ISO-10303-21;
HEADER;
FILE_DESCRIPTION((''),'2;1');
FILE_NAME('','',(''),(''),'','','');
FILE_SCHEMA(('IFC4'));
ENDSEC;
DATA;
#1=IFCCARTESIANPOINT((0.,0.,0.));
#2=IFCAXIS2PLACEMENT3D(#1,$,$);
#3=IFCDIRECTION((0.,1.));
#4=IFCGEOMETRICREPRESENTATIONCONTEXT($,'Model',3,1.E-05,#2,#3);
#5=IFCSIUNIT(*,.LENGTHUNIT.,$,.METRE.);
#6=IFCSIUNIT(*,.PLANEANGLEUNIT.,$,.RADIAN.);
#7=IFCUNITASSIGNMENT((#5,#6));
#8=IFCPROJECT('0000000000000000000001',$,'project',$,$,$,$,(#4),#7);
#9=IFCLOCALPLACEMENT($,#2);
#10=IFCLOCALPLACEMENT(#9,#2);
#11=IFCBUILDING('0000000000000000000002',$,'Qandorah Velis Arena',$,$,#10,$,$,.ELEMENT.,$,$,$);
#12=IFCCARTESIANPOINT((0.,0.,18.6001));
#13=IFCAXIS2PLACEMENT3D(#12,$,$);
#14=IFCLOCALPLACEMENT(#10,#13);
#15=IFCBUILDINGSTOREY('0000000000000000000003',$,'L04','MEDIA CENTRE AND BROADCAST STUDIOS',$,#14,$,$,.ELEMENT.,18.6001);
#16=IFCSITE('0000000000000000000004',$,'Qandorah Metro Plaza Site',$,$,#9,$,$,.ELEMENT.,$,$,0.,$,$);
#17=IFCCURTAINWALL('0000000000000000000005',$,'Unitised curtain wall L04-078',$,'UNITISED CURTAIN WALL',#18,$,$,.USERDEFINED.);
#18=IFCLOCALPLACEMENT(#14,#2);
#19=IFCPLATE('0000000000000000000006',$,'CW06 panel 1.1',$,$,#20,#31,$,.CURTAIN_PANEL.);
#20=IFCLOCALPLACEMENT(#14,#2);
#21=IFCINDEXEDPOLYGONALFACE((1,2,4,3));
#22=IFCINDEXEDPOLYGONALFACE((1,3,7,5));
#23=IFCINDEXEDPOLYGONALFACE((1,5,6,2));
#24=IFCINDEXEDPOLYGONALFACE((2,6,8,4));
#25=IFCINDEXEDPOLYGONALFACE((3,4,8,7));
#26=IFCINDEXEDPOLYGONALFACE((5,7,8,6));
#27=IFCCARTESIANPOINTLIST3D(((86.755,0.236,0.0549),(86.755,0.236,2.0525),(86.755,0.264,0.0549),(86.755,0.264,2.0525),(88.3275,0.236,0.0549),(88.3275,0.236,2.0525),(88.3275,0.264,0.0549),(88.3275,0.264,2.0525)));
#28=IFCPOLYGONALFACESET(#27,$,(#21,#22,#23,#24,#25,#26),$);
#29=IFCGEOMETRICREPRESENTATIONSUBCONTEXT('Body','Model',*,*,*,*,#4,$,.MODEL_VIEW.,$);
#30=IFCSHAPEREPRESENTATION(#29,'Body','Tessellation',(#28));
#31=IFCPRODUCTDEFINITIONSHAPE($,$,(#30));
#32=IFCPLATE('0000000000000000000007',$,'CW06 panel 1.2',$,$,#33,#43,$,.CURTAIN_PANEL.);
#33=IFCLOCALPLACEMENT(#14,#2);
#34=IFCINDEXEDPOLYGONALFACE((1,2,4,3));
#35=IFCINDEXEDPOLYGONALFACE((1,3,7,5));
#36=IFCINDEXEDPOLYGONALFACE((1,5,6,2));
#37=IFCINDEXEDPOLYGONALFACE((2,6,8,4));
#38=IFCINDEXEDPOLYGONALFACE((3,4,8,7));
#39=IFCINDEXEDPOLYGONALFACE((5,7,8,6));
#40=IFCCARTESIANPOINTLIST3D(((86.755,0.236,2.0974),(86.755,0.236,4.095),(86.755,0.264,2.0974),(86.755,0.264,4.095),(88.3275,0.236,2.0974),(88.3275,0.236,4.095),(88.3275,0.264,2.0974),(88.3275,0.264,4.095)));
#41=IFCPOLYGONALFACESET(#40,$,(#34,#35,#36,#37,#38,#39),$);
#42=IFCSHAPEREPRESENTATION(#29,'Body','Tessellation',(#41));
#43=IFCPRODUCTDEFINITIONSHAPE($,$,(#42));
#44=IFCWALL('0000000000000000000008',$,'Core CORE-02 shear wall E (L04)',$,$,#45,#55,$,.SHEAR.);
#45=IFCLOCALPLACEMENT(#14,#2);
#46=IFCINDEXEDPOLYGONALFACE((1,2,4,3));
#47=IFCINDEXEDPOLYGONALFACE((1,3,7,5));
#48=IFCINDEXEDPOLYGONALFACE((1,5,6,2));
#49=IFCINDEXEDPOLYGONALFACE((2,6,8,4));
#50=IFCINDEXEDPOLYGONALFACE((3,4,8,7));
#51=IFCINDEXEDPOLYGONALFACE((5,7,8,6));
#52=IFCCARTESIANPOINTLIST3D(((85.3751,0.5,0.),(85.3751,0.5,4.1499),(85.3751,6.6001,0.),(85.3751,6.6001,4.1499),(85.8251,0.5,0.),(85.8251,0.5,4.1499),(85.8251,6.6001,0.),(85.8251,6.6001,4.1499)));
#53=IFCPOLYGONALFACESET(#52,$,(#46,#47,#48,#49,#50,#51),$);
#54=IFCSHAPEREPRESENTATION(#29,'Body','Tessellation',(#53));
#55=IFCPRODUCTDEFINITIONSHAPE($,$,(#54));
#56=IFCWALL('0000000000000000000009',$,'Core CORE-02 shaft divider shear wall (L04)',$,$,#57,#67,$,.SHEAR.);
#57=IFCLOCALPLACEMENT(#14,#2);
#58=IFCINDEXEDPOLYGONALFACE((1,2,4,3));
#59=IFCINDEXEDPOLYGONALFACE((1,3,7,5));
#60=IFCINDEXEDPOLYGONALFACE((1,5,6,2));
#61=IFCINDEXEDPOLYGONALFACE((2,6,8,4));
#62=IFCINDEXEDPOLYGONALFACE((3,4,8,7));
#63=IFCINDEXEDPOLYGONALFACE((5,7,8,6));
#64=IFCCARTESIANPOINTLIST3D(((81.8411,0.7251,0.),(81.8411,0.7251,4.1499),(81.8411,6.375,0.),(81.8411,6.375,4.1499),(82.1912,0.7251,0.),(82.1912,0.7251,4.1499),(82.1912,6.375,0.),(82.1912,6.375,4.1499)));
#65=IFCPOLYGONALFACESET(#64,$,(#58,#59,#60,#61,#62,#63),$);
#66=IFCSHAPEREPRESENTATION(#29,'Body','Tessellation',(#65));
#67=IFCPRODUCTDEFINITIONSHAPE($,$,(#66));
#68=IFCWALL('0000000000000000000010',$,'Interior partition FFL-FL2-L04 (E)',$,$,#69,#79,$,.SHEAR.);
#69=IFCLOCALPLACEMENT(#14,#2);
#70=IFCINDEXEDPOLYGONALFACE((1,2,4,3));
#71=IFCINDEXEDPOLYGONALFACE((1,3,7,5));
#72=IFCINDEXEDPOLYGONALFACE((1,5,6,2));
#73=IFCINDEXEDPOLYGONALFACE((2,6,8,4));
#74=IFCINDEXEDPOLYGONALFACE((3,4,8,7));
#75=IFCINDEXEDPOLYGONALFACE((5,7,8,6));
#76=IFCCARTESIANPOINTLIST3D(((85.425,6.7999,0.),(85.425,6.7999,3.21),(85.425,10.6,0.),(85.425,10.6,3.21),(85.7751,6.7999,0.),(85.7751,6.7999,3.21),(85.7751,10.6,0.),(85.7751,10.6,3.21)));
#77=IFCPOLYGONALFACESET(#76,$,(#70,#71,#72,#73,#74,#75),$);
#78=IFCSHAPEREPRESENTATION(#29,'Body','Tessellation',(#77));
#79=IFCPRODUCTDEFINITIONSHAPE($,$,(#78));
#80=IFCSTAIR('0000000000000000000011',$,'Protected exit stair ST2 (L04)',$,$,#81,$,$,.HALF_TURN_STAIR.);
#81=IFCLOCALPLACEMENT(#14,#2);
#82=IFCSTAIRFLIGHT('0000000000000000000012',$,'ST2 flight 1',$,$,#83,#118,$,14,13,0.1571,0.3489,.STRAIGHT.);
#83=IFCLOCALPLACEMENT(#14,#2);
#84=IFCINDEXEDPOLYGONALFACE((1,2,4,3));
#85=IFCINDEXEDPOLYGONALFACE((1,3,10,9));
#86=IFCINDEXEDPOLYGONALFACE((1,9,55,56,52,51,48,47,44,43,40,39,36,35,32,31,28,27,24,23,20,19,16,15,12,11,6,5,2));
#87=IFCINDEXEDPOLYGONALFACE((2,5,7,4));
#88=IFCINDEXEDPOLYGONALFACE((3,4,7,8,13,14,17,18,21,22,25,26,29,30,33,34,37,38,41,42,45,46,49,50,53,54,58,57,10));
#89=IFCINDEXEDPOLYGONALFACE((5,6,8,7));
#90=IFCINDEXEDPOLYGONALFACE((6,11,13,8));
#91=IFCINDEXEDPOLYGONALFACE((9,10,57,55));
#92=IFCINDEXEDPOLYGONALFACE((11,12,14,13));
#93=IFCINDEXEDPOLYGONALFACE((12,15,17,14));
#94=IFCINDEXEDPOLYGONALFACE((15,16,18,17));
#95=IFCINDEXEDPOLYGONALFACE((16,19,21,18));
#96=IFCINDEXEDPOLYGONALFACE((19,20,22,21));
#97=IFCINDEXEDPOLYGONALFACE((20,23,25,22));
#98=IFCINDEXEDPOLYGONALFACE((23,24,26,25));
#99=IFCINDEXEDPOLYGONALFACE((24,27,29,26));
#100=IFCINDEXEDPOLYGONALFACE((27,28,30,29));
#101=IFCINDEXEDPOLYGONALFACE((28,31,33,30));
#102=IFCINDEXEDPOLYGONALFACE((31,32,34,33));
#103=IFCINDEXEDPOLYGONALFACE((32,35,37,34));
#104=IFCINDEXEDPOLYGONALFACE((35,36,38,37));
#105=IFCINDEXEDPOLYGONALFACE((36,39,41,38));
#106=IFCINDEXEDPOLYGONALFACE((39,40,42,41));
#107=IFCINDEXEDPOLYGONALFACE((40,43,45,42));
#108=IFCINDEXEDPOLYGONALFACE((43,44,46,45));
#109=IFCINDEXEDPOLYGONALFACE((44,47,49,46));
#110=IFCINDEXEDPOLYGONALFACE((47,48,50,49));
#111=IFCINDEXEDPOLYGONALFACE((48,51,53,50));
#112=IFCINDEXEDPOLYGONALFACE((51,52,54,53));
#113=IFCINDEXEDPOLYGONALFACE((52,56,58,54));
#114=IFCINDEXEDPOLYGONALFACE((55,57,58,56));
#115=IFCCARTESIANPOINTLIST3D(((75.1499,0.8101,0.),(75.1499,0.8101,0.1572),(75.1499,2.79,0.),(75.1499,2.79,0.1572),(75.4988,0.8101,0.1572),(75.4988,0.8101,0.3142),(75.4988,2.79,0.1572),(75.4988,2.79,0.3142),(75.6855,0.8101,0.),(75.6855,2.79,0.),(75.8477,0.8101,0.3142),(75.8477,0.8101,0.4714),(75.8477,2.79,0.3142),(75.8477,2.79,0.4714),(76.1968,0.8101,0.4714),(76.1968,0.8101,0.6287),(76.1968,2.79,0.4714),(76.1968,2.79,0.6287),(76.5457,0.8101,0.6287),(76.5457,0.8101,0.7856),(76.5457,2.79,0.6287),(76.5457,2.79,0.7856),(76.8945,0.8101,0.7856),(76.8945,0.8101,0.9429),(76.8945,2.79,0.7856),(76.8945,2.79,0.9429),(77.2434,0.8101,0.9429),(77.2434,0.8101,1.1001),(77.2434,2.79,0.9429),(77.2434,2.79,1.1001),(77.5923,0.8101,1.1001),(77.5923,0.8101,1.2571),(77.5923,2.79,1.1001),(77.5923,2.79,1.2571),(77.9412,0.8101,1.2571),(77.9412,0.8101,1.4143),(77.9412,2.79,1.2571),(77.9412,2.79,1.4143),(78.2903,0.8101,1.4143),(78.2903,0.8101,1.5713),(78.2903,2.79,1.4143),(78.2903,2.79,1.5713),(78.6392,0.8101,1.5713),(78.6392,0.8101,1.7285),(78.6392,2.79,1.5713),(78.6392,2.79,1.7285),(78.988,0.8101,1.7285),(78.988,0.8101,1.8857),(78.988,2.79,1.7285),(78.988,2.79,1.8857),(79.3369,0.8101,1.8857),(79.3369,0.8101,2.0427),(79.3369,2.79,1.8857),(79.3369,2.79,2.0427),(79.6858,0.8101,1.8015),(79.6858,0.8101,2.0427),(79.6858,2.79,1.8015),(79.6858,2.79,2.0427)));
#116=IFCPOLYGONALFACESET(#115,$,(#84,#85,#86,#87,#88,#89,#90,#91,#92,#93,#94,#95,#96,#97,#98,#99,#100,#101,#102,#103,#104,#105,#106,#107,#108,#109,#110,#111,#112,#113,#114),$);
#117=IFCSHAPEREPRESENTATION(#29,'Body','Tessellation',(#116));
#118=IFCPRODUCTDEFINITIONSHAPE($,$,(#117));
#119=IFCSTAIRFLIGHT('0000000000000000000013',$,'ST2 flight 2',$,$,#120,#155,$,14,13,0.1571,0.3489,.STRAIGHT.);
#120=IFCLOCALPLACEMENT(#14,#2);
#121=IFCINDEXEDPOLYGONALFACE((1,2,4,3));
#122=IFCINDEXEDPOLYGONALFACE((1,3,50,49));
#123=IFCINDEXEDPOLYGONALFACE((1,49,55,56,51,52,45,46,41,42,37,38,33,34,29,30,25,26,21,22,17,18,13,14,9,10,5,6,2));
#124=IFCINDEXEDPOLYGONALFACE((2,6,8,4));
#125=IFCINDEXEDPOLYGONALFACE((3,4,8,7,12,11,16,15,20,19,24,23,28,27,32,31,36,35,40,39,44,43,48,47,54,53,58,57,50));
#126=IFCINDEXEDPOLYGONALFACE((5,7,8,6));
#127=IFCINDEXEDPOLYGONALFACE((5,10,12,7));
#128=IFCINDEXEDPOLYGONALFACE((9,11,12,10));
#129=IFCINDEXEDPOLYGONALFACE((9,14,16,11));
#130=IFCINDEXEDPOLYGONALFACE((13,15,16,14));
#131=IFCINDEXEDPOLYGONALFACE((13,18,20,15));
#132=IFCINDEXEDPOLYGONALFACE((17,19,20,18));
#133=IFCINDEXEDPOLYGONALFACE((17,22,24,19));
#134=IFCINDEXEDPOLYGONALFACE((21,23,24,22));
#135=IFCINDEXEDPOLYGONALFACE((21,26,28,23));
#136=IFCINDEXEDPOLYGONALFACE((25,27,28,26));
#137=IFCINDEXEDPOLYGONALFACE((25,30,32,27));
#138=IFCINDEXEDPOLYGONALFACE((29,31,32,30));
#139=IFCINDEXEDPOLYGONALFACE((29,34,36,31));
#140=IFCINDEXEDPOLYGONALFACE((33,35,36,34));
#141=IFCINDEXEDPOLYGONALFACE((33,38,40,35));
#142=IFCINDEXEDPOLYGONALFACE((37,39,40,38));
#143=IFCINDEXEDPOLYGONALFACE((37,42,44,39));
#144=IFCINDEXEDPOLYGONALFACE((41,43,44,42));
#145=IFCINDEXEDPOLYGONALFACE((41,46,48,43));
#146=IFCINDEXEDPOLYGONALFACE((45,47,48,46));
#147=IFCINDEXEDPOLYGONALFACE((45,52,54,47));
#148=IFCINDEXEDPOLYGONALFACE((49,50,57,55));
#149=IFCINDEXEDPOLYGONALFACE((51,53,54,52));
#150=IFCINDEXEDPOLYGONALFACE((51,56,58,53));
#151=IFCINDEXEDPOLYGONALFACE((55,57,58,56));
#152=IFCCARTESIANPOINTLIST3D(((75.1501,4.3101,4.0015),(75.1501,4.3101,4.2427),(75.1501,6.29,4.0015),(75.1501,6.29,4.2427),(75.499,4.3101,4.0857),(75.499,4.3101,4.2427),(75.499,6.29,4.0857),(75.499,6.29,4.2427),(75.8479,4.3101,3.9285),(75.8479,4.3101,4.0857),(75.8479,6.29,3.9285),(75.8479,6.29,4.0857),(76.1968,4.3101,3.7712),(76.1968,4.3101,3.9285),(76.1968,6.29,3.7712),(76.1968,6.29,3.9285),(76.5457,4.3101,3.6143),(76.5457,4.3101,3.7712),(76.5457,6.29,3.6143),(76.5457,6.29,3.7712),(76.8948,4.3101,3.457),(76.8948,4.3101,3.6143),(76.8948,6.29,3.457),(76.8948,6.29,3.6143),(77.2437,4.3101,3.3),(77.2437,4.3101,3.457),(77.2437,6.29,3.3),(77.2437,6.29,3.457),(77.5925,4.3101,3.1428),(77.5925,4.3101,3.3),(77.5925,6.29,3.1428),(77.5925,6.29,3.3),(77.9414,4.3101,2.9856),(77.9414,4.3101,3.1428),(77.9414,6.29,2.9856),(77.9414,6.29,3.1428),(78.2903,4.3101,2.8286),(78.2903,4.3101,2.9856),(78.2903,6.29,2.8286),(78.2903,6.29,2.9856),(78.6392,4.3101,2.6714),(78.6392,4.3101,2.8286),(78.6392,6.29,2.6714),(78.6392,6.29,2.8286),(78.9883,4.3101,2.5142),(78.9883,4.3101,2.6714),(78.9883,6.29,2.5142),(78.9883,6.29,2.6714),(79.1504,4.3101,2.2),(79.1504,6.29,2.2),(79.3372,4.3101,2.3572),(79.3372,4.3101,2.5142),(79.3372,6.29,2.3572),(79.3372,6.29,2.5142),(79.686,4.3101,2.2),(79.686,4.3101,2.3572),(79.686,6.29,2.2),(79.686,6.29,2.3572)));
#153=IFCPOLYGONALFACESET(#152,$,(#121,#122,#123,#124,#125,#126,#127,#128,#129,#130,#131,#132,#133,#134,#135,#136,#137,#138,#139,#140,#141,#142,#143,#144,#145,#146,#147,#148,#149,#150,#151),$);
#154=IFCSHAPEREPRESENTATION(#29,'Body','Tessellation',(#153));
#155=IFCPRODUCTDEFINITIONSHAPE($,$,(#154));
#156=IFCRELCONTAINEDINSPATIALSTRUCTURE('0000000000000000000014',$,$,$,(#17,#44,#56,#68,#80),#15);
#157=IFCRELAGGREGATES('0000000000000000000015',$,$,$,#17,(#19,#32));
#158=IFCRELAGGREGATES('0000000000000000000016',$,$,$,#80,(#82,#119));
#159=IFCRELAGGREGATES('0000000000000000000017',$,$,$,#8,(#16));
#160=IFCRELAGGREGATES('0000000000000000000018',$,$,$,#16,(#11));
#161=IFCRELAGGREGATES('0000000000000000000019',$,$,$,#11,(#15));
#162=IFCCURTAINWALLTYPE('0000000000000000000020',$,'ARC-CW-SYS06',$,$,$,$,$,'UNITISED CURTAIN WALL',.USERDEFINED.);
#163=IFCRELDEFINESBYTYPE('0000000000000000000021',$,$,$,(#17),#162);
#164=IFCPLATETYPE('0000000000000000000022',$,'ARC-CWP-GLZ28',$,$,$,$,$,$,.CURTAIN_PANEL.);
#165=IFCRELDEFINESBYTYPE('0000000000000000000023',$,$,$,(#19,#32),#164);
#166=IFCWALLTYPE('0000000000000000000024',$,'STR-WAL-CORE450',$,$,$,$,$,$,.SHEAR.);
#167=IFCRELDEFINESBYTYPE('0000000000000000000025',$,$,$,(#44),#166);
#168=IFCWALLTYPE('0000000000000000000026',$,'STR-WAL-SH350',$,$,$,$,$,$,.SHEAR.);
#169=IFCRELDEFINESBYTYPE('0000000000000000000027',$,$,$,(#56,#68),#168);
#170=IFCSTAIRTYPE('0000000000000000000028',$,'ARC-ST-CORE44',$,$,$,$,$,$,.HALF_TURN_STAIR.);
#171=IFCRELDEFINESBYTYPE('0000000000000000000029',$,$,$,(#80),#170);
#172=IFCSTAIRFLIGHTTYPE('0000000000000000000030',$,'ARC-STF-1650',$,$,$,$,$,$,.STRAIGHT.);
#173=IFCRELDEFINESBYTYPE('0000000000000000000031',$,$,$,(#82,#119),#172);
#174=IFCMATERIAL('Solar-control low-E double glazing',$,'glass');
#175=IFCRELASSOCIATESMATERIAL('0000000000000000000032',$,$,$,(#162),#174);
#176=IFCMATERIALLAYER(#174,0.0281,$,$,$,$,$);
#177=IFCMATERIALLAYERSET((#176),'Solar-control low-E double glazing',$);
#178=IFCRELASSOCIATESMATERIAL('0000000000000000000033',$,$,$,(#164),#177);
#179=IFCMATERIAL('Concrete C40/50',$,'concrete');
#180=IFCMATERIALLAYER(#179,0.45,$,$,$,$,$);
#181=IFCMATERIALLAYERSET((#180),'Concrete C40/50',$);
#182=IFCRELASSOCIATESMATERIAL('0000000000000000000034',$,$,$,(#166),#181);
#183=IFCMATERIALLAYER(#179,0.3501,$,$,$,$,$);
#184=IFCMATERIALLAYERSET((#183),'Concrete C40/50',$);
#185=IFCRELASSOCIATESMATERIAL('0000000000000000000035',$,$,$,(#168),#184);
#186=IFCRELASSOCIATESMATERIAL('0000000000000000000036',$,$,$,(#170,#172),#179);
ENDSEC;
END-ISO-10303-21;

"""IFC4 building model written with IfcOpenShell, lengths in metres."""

from ifc_helpers import new_model, si_unit, direction, frame, frame_2d, origin, origin_2d, place, context, subcontext, project, spatial, polyline, rectangle, outline, extrude, material, layer, layer_set, type_object, element, aggregate, save


model = new_model("IFC4")

# Units and contexts
model_context = context("Model", 3, precision=1e-05, world=origin(), true_north=direction((0.0, 1.0)))
body_context = subcontext(model_context, "Body", "Model", "MODEL_VIEW")
ifc_project = project(units=[si_unit("LENGTHUNIT", "METRE"), si_unit("PLANEANGLEUNIT", "RADIAN")], contexts=[model_context])

# Site, building, storey
site_placement = place(None, origin())
site = spatial("IfcSite", under=ifc_project, at=site_placement, Name="Qandorah Metro Plaza Site", CompositionType="ELEMENT", RefElevation=0.0)
building_placement = place(site_placement, origin())
building = spatial("IfcBuilding", under=site, at=building_placement, Name="Qandorah Velis Arena", CompositionType="ELEMENT")
storey_placement = place(building_placement, frame((0.0, 0.0, 18.6001)))
storey = spatial("IfcBuildingStorey", under=building, at=storey_placement, Name="L04", Description="MEDIA CENTRE AND BROADCAST STUDIOS", CompositionType="ELEMENT", Elevation=18.6001)

# Shared definitions
ifc_material_1 = material(Name="Concrete C40/50", Category="concrete")

# Curtain wall
ifc_material_2 = material(Name="Solar-control low-E double glazing", Category="glass")
curtain_wall_type = type_object("IfcCurtainWallType", Name="ARC-CW-SYS06", ElementType="UNITISED CURTAIN WALL", PredefinedType="USERDEFINED", material=ifc_material_2)
curtain_wall_placement = place(storey_placement, origin())
curtain_wall = element("IfcCurtainWall", 1, at=curtain_wall_placement, inside=storey, type_object=curtain_wall_type, Name="Unitised curtain wall L04-078", ObjectType="UNITISED CURTAIN WALL", PredefinedType="USERDEFINED")

# Plates
ifc_layer_1 = layer(ifc_material_2, 0.0281)
ifc_layer_set_1 = layer_set([ifc_layer_1], Name="Solar-control low-E double glazing")
plate_type = type_object("IfcPlateType", Name="ARC-CWP-GLZ28", PredefinedType="CURTAIN_PANEL", material=ifc_layer_set_1)
plate_1_placement = place(storey_placement, frame((87.5413, 0.25, 0.0549), z_axis=(0.0, 0.0, 1.0), x_axis=(1.0, 0.0, 0.0)))
plate_1 = element("IfcPlate", 2, at=plate_1_placement, type_object=plate_type, Name="CW06 panel 1.1", PredefinedType="CURTAIN_PANEL", context=body_context, shape_type="SweptSolid", body=[
    extrude(rectangle(XDim=1.5725, YDim=0.0281, at=origin_2d()), origin(), (0.0, 0.0, 1.0), 1.9976),
])
plate_2_placement = place(storey_placement, frame((87.5413, 0.25, 2.0974), z_axis=(0.0, 0.0, 1.0), x_axis=(1.0, 0.0, 0.0)))
plate_2 = element("IfcPlate", 3, at=plate_2_placement, type_object=plate_type, Name="CW06 panel 1.2", PredefinedType="CURTAIN_PANEL", context=body_context, shape_type="SweptSolid", body=[
    extrude(rectangle(XDim=1.5725, YDim=0.0281, at=origin_2d()), origin(), (0.0, 0.0, 1.0), 1.9976),
])
aggregate(curtain_wall, [plate_1, plate_2])

# Walls
ifc_layer_2 = layer(ifc_material_1, 0.45)
ifc_layer_set_2 = layer_set([ifc_layer_2], Name="Concrete C40/50")
wall_type_1 = type_object("IfcWallType", Name="STR-WAL-CORE450", PredefinedType="SHEAR", material=ifc_layer_set_2)
wall_1_placement = place(storey_placement, frame((85.6001, 0.5, 0.0), z_axis=(0.0, 0.0, 1.0), x_axis=(0.0, 1.0, 0.0)))
element("IfcWall", 4, at=wall_1_placement, inside=storey, type_object=wall_type_1, Name="Core CORE-02 shear wall E (L04)", PredefinedType="SHEAR", context=body_context, shape_type="SweptSolid", body=[
    extrude(rectangle(XDim=6.1001, YDim=0.45, at=frame_2d((3.05, 0.0))), origin(), (0.0, 0.0, 1.0), 4.1499),
])
ifc_layer_3 = layer(ifc_material_1, 0.3501)
ifc_layer_set_3 = layer_set([ifc_layer_3], Name="Concrete C40/50")
wall_type_2 = type_object("IfcWallType", Name="STR-WAL-SH350", PredefinedType="SHEAR", material=ifc_layer_set_3)
wall_2_placement = place(storey_placement, frame((82.0161, 0.7251, 0.0), z_axis=(0.0, 0.0, 1.0), x_axis=(0.0, 1.0, 0.0)))
element("IfcWall", 5, at=wall_2_placement, inside=storey, type_object=wall_type_2, Name="Core CORE-02 shaft divider shear wall (L04)", PredefinedType="SHEAR", context=body_context, shape_type="SweptSolid", body=[
    extrude(rectangle(XDim=5.6499, YDim=0.3501, at=frame_2d((2.825, 0.0))), origin(), (0.0, 0.0, 1.0), 4.1499),
])
wall_3_placement = place(storey_placement, frame((85.6001, 6.8, 0.0), z_axis=(0.0, 0.0, 1.0), x_axis=(0.0, 1.0, 0.0)))
element("IfcWall", 6, at=wall_3_placement, inside=storey, type_object=wall_type_2, Name="Interior partition FFL-FL2-L04 (E)", PredefinedType="SHEAR", context=body_context, shape_type="SweptSolid", body=[
    extrude(rectangle(XDim=3.8, YDim=0.3501, at=frame_2d((1.8999, 0.0))), origin(), (0.0, 0.0, 1.0), 3.21),
])

# Stair, stair flights
stair_type = type_object("IfcStairType", Name="ARC-ST-CORE44", PredefinedType="HALF_TURN_STAIR", material=ifc_material_1)
stair_placement = place(storey_placement, origin())
stair = element("IfcStair", 7, at=stair_placement, inside=storey, type_object=stair_type, Name="Protected exit stair ST2 (L04)", PredefinedType="HALF_TURN_STAIR")
stair_flight_type = type_object("IfcStairFlightType", Name="ARC-STF-1650", PredefinedType="STRAIGHT", material=ifc_material_1)
stair_flight_1_placement = place(storey_placement, frame((75.1499, 1.8, 0.0), z_axis=(0.0, 0.0, 1.0), x_axis=(1.0, 0.0, 0.0)))
stair_flight_1 = element("IfcStairFlight", 8, at=stair_flight_1_placement, type_object=stair_flight_type, Name="ST2 flight 1", NumberOfRisers=14, NumberOfTreads=13, PredefinedType="STRAIGHT", RiserHeight=0.1571, TreadLength=0.3489, context=body_context, shape_type="SweptSolid", body=[
    extrude(outline(polyline([(0.0, 0.0), (0.0, 0.1572), (0.3489, 0.1572), (0.3489, 0.3142), (0.6978, 0.3142), (0.6978, 0.4714), (1.0469, 0.4714), (1.0469, 0.6287), (1.3958, 0.6287), (1.3958, 0.7856), (1.7446, 0.7856), (1.7446, 0.9429), (2.0935, 0.9429), (2.0935, 1.1001), (2.4424, 1.1001), (2.4424, 1.2571), (2.7913, 1.2571), (2.7913, 1.4143), (3.1404, 1.4143), (3.1404, 1.5713), (3.4893, 1.5713), (3.4893, 1.7285), (3.8381, 1.7285), (3.8381, 1.8857), (4.187, 1.8857), (4.187, 2.0427), (4.5359, 2.0427), (4.5359, 2.2), (4.5359, 1.8015), (0.5356, 0.0), (0.0, 0.0)])), frame((0.0, 0.99, 0.0), z_axis=(0.0, -1.0, 0.0), x_axis=(1.0, 0.0, 0.0)), (0.0, 0.0, 1.0), 1.98),
])
stair_flight_2_placement = place(storey_placement, frame((79.686, 5.3, 2.2), z_axis=(0.0, 0.0, 1.0), x_axis=(-1.0, 0.0, 0.0)))
stair_flight_2 = element("IfcStairFlight", 9, at=stair_flight_2_placement, type_object=stair_flight_type, Name="ST2 flight 2", NumberOfRisers=14, NumberOfTreads=13, PredefinedType="STRAIGHT", RiserHeight=0.1571, TreadLength=0.3489, context=body_context, shape_type="SweptSolid", body=[
    extrude(outline(polyline([(0.0, 0.0), (0.0, 0.1572), (0.3489, 0.1572), (0.3489, 0.3142), (0.6978, 0.3142), (0.6978, 0.4714), (1.0469, 0.4714), (1.0469, 0.6287), (1.3958, 0.6287), (1.3958, 0.7856), (1.7446, 0.7856), (1.7446, 0.9429), (2.0935, 0.9429), (2.0935, 1.1001), (2.4424, 1.1001), (2.4424, 1.2571), (2.7913, 1.2571), (2.7913, 1.4143), (3.1404, 1.4143), (3.1404, 1.5713), (3.4893, 1.5713), (3.4893, 1.7285), (3.8381, 1.7285), (3.8381, 1.8857), (4.187, 1.8857), (4.187, 2.0427), (4.5359, 2.0427), (4.5359, 2.2), (4.5359, 1.8015), (0.5356, 0.0), (0.0, 0.0)])), frame((0.0, 0.99, 0.0), z_axis=(0.0, -1.0, 0.0), x_axis=(1.0, 0.0, 0.0)), (0.0, 0.0, 1.0), 1.98),
])
aggregate(stair, [stair_flight_1, stair_flight_2])

save(model, "model.ifc")
